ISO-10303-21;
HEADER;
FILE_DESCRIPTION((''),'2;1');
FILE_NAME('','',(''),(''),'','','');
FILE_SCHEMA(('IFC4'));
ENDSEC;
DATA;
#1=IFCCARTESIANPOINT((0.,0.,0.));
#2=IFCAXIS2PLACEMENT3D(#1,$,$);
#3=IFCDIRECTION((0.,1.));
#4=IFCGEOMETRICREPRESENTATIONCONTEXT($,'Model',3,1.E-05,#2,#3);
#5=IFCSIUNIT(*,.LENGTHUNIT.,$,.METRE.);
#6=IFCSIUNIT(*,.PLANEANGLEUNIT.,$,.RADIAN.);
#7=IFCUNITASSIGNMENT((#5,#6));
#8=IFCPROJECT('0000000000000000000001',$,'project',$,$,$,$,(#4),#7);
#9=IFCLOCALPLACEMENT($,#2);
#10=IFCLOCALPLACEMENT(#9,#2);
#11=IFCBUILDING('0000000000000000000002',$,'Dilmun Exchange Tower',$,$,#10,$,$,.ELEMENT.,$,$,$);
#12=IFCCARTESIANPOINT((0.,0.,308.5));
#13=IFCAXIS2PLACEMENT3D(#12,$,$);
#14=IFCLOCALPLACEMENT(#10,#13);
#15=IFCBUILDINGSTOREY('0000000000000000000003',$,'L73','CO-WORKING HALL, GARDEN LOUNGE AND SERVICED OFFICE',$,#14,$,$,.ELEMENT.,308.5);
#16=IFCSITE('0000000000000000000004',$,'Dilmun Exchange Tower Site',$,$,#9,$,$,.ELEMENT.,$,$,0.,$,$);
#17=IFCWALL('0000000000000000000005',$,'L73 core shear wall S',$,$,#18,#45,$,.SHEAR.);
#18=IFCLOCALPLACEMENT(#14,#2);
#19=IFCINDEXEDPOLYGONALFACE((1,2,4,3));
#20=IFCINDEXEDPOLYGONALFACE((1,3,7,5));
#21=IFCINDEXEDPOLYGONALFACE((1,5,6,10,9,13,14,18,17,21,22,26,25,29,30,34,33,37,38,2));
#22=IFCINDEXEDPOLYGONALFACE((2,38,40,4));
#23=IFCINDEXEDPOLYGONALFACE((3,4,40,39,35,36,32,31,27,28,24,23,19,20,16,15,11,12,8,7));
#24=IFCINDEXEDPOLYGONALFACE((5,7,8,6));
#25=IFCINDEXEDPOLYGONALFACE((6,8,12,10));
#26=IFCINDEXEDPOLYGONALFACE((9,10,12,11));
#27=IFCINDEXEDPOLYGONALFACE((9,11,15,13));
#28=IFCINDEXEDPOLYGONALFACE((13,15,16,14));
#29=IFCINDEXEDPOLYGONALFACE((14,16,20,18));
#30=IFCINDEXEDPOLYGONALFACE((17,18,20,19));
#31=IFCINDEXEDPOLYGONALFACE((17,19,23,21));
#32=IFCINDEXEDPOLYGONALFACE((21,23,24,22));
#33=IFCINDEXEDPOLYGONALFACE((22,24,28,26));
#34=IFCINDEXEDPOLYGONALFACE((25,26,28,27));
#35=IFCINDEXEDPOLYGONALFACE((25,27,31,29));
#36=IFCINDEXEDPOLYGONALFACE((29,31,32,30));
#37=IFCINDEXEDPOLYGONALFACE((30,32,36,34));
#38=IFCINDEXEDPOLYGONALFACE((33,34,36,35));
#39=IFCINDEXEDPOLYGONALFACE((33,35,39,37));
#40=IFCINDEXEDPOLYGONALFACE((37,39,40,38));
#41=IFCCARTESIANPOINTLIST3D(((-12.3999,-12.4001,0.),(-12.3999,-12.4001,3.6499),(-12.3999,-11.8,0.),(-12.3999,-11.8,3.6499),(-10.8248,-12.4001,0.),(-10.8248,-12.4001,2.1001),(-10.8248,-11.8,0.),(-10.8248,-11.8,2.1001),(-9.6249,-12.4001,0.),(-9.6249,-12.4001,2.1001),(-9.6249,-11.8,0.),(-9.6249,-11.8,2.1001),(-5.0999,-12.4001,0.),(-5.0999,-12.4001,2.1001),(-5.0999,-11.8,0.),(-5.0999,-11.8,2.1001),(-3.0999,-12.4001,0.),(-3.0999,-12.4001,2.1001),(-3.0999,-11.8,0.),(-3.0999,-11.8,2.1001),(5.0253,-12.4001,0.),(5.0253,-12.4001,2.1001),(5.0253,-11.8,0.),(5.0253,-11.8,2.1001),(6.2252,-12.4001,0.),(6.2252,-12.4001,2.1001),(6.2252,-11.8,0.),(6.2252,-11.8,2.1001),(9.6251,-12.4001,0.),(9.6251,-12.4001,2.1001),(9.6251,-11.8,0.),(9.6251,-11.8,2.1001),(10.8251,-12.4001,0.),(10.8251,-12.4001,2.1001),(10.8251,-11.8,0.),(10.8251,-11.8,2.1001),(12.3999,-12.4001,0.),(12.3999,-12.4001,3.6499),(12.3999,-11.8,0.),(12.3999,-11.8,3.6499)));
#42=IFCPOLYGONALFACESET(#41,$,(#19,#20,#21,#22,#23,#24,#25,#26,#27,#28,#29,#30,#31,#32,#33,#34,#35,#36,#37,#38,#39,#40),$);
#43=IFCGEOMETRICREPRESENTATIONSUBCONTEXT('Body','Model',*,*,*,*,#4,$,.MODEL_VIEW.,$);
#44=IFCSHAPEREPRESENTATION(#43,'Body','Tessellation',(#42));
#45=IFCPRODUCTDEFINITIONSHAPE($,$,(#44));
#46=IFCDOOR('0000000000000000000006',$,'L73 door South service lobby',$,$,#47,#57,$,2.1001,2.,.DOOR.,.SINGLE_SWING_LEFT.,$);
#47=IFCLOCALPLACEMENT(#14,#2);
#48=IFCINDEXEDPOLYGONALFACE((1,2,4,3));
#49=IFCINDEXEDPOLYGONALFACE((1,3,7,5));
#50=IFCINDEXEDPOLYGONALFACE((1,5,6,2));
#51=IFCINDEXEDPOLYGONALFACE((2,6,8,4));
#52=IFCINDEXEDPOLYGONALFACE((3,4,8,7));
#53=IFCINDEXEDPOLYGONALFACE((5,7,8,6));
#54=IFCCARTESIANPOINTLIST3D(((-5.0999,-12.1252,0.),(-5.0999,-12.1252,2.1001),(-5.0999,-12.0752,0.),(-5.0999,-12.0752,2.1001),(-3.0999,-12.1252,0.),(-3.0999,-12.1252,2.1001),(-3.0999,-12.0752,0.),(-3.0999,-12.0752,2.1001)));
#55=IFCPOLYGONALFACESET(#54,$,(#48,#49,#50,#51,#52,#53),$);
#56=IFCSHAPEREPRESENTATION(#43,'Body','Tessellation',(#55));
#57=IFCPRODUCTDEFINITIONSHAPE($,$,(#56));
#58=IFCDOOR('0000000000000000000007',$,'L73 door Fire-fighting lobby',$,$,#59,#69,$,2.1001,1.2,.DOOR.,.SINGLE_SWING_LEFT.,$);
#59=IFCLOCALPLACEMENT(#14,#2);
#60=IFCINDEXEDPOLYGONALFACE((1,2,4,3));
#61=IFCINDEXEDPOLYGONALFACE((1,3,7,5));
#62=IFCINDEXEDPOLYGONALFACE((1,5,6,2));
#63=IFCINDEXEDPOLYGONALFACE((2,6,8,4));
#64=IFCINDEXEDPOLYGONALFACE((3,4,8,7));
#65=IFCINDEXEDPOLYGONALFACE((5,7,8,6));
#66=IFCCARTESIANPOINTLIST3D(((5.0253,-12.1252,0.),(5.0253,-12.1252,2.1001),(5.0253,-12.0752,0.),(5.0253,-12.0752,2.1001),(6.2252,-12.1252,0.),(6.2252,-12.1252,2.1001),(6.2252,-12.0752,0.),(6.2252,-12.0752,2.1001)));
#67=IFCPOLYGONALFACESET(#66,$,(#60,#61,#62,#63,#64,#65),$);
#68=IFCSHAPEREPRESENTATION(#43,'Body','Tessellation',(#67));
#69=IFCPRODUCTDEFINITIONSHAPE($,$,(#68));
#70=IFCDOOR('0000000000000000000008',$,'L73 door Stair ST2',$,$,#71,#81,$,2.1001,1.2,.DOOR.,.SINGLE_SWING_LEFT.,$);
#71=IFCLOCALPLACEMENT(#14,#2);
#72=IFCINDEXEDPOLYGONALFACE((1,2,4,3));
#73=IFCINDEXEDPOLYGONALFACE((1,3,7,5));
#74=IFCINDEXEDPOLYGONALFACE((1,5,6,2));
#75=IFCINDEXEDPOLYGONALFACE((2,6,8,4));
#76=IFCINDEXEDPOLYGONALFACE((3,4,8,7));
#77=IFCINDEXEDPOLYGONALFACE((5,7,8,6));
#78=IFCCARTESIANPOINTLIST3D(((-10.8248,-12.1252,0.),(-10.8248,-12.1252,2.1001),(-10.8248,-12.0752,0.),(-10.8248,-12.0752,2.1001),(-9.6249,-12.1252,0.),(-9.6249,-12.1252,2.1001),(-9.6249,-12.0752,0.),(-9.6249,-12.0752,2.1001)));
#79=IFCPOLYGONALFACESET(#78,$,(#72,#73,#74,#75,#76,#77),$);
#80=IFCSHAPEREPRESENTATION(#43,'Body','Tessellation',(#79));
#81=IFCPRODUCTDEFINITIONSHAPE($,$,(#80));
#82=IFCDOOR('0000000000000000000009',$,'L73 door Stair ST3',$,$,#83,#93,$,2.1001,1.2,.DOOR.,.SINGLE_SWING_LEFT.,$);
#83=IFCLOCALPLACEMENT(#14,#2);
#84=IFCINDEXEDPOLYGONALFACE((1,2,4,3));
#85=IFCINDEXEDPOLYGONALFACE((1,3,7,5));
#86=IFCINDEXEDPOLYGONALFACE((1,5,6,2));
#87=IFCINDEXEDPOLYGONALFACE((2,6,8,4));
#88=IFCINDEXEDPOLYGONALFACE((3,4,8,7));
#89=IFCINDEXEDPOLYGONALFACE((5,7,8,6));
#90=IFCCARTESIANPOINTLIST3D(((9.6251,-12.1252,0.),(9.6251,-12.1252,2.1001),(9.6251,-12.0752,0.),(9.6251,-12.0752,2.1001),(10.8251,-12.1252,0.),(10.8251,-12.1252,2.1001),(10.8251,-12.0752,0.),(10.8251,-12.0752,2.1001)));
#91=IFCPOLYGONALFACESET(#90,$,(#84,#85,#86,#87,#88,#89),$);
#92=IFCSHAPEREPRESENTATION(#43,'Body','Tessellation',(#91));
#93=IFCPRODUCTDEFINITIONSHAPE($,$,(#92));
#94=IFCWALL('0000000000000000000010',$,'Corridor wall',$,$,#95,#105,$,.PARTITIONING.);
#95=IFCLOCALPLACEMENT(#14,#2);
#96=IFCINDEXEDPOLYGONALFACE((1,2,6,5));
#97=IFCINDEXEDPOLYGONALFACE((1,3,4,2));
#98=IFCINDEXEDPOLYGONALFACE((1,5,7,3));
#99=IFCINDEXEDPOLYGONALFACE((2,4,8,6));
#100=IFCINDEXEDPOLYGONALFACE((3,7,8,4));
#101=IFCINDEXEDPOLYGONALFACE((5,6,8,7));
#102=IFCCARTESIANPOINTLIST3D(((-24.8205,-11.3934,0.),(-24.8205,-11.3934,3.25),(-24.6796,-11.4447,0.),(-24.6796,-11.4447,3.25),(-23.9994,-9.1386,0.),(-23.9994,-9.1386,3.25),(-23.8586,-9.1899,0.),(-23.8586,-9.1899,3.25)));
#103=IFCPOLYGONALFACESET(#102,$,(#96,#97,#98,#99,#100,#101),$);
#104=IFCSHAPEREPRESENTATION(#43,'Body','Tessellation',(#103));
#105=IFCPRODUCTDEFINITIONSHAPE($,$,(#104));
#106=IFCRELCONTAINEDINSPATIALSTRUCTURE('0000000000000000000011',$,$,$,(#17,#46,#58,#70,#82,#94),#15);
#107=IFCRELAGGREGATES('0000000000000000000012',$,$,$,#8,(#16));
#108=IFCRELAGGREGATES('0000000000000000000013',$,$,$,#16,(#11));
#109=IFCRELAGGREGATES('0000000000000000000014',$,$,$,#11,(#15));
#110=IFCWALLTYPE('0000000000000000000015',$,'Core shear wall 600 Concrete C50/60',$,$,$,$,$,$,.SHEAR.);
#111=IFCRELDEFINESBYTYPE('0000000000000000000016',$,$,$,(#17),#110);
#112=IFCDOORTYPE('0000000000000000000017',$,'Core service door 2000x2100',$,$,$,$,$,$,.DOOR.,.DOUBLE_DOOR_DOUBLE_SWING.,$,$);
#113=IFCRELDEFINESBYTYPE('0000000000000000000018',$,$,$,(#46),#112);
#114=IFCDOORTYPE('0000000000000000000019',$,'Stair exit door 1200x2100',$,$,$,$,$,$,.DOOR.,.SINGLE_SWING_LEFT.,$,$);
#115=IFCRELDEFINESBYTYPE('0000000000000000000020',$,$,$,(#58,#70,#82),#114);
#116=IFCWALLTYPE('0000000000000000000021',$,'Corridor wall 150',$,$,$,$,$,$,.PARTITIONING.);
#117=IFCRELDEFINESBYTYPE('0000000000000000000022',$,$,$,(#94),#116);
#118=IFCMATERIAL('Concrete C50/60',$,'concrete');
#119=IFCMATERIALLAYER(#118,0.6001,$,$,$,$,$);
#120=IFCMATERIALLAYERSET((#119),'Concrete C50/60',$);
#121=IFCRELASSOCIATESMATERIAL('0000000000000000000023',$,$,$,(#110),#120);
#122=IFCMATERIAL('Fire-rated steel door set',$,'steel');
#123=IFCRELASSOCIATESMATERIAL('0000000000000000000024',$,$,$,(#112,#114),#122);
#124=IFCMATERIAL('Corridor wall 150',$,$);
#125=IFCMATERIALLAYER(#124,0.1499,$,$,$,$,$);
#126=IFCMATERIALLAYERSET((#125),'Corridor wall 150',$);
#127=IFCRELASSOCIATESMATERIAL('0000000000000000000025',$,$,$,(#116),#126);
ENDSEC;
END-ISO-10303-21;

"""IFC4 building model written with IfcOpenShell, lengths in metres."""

from ifc_helpers import new_model, si_unit, direction, frame, frame_2d, origin, place, context, subcontext, project, spatial, rectangle, extrude, material, layer, layer_set, type_object, element, fill, save


model = new_model("IFC4")

# Units and contexts
model_context = context("Model", 3, precision=1e-05, world=origin(), true_north=direction((0.0, 1.0)))
body_context = subcontext(model_context, "Body", "Model", "MODEL_VIEW")
ifc_project = project(units=[si_unit("LENGTHUNIT", "METRE"), si_unit("PLANEANGLEUNIT", "RADIAN")], contexts=[model_context])

# Site, building, storey
site_placement = place(None, origin())
site = spatial("IfcSite", under=ifc_project, at=site_placement, Name="Dilmun Exchange Tower Site", CompositionType="ELEMENT", RefElevation=0.0)
building_placement = place(site_placement, origin())
building = spatial("IfcBuilding", under=site, at=building_placement, Name="Dilmun Exchange Tower", CompositionType="ELEMENT")
storey_placement = place(building_placement, frame((0.0, 0.0, 308.5)))
storey = spatial("IfcBuildingStorey", under=building, at=storey_placement, Name="L73", Description="CO-WORKING HALL, GARDEN LOUNGE AND SERVICED OFFICE", CompositionType="ELEMENT", Elevation=308.5)

# Wall, openings, doors
ifc_material_1 = material(Name="Concrete C50/60", Category="concrete")
ifc_layer_1 = layer(ifc_material_1, 0.6001)
ifc_layer_set_1 = layer_set([ifc_layer_1], Name="Concrete C50/60")
wall_type_1 = type_object("IfcWallType", Name="Core shear wall 600 Concrete C50/60", PredefinedType="SHEAR", material=ifc_layer_set_1)
wall_1_placement = place(storey_placement, frame((-12.3999, -12.1001, 0.0), z_axis=(0.0, 0.0, 1.0), x_axis=(1.0, 0.0, 0.0)))
wall_1 = element("IfcWall", 1, at=wall_1_placement, inside=storey, type_object=wall_type_1, Name="L73 core shear wall S", PredefinedType="SHEAR", context=body_context, shape_type="SweptSolid", body=[
    extrude(rectangle(XDim=24.7998, YDim=0.6001, at=frame_2d((12.3999, 0.0))), origin(), (0.0, 0.0, 1.0), 3.6499),
])
opening_1_placement = place(wall_1_placement, frame((7.3, 0.0, 0.0)))
opening_1 = element("IfcOpeningElement", 2, at=opening_1_placement, cuts=wall_1, PredefinedType="OPENING", context=body_context, shape_type="SweptSolid", body=[
    extrude(rectangle(XDim=2.0, YDim=2.1001, at=frame_2d((1.0, 1.05))), frame((0.0, 0.3101, 0.0), z_axis=(0.0, -1.0, 0.0), x_axis=(1.0, 0.0, 0.0)), (0.0, 0.0, 1.0), 0.6201),
])
opening_2_placement = place(wall_1_placement, frame((17.425, 0.0, 0.0)))
opening_2 = element("IfcOpeningElement", 3, at=opening_2_placement, cuts=wall_1, PredefinedType="OPENING", context=body_context, shape_type="SweptSolid", body=[
    extrude(rectangle(XDim=1.2, YDim=2.1001, at=frame_2d((0.6001, 1.05))), frame((0.0, 0.3101, 0.0), z_axis=(0.0, -1.0, 0.0), x_axis=(1.0, 0.0, 0.0)), (0.0, 0.0, 1.0), 0.6201),
])
opening_3_placement = place(wall_1_placement, frame((1.575, 0.0, 0.0)))
opening_3 = element("IfcOpeningElement", 4, at=opening_3_placement, cuts=wall_1, PredefinedType="OPENING", context=body_context, shape_type="SweptSolid", body=[
    extrude(rectangle(XDim=1.2, YDim=2.1001, at=frame_2d((0.6001, 1.05))), frame((0.0, 0.3101, 0.0), z_axis=(0.0, -1.0, 0.0), x_axis=(1.0, 0.0, 0.0)), (0.0, 0.0, 1.0), 0.6201),
])
opening_4_placement = place(wall_1_placement, frame((22.0249, 0.0, 0.0)))
opening_4 = element("IfcOpeningElement", 5, at=opening_4_placement, cuts=wall_1, PredefinedType="OPENING", context=body_context, shape_type="SweptSolid", body=[
    extrude(rectangle(XDim=1.2, YDim=2.1001, at=frame_2d((0.6001, 1.05))), frame((0.0, 0.3101, 0.0), z_axis=(0.0, -1.0, 0.0), x_axis=(1.0, 0.0, 0.0)), (0.0, 0.0, 1.0), 0.6201),
])
ifc_material_2 = material(Name="Fire-rated steel door set", Category="steel")
door_type_1 = type_object("IfcDoorType", Name="Core service door 2000x2100", OperationType="DOUBLE_DOOR_DOUBLE_SWING", PredefinedType="DOOR", material=ifc_material_2)
door_1_placement = place(opening_1_placement, origin())
door_1 = element("IfcDoor", 6, at=door_1_placement, inside=storey, type_object=door_type_1, Name="L73 door South service lobby", OperationType="SINGLE_SWING_LEFT", OverallHeight=2.1001, OverallWidth=2.0, PredefinedType="DOOR", context=body_context, shape_type="SweptSolid", body=[
    extrude(rectangle(XDim=2.0, YDim=2.1001, at=frame_2d((1.0, 1.05))), frame((0.0, 0.0249, 0.0), z_axis=(0.0, -1.0, 0.0), x_axis=(1.0, 0.0, 0.0)), (0.0, 0.0, 1.0), 0.05),
])
fill(opening_1, door_1)
door_type_2 = type_object("IfcDoorType", Name="Stair exit door 1200x2100", OperationType="SINGLE_SWING_LEFT", PredefinedType="DOOR", material=ifc_material_2)
door_2_placement = place(opening_2_placement, origin())
door_2 = element("IfcDoor", 7, at=door_2_placement, inside=storey, type_object=door_type_2, Name="L73 door Fire-fighting lobby", OperationType="SINGLE_SWING_LEFT", OverallHeight=2.1001, OverallWidth=1.2, PredefinedType="DOOR", context=body_context, shape_type="SweptSolid", body=[
    extrude(rectangle(XDim=1.2, YDim=2.1001, at=frame_2d((0.6001, 1.05))), frame((0.0, 0.0249, 0.0), z_axis=(0.0, -1.0, 0.0), x_axis=(1.0, 0.0, 0.0)), (0.0, 0.0, 1.0), 0.05),
])
fill(opening_2, door_2)
door_3_placement = place(opening_3_placement, origin())
door_3 = element("IfcDoor", 8, at=door_3_placement, inside=storey, type_object=door_type_2, Name="L73 door Stair ST2", OperationType="SINGLE_SWING_LEFT", OverallHeight=2.1001, OverallWidth=1.2, PredefinedType="DOOR", context=body_context, shape_type="SweptSolid", body=[
    extrude(rectangle(XDim=1.2, YDim=2.1001, at=frame_2d((0.6001, 1.05))), frame((0.0, 0.0249, 0.0), z_axis=(0.0, -1.0, 0.0), x_axis=(1.0, 0.0, 0.0)), (0.0, 0.0, 1.0), 0.05),
])
fill(opening_3, door_3)
door_4_placement = place(opening_4_placement, origin())
door_4 = element("IfcDoor", 9, at=door_4_placement, inside=storey, type_object=door_type_2, Name="L73 door Stair ST3", OperationType="SINGLE_SWING_LEFT", OverallHeight=2.1001, OverallWidth=1.2, PredefinedType="DOOR", context=body_context, shape_type="SweptSolid", body=[
    extrude(rectangle(XDim=1.2, YDim=2.1001, at=frame_2d((0.6001, 1.05))), frame((0.0, 0.0249, 0.0), z_axis=(0.0, -1.0, 0.0), x_axis=(1.0, 0.0, 0.0)), (0.0, 0.0, 1.0), 0.05),
])
fill(opening_4, door_4)

# Wall
ifc_material_3 = material(Name="Corridor wall 150")
ifc_layer_2 = layer(ifc_material_3, 0.1499)
ifc_layer_set_2 = layer_set([ifc_layer_2], Name="Corridor wall 150")
wall_type_2 = type_object("IfcWallType", Name="Corridor wall 150", PredefinedType="PARTITIONING", material=ifc_layer_set_2)
wall_2_placement = place(storey_placement, frame((-24.75, -11.4189, 0.0), z_axis=(0.0, 0.0, 1.0), x_axis=(0.342143, 0.939648, 0.0)))
element("IfcWall", 10, at=wall_2_placement, inside=storey, type_object=wall_type_2, Name="Corridor wall", PredefinedType="PARTITIONING", context=body_context, shape_type="SweptSolid", body=[
    extrude(rectangle(XDim=2.3997, YDim=0.1499, at=frame_2d((1.1997, 0.0))), origin(), (0.0, 0.0, 1.0), 3.25),
])

save(model, "model.ifc")
